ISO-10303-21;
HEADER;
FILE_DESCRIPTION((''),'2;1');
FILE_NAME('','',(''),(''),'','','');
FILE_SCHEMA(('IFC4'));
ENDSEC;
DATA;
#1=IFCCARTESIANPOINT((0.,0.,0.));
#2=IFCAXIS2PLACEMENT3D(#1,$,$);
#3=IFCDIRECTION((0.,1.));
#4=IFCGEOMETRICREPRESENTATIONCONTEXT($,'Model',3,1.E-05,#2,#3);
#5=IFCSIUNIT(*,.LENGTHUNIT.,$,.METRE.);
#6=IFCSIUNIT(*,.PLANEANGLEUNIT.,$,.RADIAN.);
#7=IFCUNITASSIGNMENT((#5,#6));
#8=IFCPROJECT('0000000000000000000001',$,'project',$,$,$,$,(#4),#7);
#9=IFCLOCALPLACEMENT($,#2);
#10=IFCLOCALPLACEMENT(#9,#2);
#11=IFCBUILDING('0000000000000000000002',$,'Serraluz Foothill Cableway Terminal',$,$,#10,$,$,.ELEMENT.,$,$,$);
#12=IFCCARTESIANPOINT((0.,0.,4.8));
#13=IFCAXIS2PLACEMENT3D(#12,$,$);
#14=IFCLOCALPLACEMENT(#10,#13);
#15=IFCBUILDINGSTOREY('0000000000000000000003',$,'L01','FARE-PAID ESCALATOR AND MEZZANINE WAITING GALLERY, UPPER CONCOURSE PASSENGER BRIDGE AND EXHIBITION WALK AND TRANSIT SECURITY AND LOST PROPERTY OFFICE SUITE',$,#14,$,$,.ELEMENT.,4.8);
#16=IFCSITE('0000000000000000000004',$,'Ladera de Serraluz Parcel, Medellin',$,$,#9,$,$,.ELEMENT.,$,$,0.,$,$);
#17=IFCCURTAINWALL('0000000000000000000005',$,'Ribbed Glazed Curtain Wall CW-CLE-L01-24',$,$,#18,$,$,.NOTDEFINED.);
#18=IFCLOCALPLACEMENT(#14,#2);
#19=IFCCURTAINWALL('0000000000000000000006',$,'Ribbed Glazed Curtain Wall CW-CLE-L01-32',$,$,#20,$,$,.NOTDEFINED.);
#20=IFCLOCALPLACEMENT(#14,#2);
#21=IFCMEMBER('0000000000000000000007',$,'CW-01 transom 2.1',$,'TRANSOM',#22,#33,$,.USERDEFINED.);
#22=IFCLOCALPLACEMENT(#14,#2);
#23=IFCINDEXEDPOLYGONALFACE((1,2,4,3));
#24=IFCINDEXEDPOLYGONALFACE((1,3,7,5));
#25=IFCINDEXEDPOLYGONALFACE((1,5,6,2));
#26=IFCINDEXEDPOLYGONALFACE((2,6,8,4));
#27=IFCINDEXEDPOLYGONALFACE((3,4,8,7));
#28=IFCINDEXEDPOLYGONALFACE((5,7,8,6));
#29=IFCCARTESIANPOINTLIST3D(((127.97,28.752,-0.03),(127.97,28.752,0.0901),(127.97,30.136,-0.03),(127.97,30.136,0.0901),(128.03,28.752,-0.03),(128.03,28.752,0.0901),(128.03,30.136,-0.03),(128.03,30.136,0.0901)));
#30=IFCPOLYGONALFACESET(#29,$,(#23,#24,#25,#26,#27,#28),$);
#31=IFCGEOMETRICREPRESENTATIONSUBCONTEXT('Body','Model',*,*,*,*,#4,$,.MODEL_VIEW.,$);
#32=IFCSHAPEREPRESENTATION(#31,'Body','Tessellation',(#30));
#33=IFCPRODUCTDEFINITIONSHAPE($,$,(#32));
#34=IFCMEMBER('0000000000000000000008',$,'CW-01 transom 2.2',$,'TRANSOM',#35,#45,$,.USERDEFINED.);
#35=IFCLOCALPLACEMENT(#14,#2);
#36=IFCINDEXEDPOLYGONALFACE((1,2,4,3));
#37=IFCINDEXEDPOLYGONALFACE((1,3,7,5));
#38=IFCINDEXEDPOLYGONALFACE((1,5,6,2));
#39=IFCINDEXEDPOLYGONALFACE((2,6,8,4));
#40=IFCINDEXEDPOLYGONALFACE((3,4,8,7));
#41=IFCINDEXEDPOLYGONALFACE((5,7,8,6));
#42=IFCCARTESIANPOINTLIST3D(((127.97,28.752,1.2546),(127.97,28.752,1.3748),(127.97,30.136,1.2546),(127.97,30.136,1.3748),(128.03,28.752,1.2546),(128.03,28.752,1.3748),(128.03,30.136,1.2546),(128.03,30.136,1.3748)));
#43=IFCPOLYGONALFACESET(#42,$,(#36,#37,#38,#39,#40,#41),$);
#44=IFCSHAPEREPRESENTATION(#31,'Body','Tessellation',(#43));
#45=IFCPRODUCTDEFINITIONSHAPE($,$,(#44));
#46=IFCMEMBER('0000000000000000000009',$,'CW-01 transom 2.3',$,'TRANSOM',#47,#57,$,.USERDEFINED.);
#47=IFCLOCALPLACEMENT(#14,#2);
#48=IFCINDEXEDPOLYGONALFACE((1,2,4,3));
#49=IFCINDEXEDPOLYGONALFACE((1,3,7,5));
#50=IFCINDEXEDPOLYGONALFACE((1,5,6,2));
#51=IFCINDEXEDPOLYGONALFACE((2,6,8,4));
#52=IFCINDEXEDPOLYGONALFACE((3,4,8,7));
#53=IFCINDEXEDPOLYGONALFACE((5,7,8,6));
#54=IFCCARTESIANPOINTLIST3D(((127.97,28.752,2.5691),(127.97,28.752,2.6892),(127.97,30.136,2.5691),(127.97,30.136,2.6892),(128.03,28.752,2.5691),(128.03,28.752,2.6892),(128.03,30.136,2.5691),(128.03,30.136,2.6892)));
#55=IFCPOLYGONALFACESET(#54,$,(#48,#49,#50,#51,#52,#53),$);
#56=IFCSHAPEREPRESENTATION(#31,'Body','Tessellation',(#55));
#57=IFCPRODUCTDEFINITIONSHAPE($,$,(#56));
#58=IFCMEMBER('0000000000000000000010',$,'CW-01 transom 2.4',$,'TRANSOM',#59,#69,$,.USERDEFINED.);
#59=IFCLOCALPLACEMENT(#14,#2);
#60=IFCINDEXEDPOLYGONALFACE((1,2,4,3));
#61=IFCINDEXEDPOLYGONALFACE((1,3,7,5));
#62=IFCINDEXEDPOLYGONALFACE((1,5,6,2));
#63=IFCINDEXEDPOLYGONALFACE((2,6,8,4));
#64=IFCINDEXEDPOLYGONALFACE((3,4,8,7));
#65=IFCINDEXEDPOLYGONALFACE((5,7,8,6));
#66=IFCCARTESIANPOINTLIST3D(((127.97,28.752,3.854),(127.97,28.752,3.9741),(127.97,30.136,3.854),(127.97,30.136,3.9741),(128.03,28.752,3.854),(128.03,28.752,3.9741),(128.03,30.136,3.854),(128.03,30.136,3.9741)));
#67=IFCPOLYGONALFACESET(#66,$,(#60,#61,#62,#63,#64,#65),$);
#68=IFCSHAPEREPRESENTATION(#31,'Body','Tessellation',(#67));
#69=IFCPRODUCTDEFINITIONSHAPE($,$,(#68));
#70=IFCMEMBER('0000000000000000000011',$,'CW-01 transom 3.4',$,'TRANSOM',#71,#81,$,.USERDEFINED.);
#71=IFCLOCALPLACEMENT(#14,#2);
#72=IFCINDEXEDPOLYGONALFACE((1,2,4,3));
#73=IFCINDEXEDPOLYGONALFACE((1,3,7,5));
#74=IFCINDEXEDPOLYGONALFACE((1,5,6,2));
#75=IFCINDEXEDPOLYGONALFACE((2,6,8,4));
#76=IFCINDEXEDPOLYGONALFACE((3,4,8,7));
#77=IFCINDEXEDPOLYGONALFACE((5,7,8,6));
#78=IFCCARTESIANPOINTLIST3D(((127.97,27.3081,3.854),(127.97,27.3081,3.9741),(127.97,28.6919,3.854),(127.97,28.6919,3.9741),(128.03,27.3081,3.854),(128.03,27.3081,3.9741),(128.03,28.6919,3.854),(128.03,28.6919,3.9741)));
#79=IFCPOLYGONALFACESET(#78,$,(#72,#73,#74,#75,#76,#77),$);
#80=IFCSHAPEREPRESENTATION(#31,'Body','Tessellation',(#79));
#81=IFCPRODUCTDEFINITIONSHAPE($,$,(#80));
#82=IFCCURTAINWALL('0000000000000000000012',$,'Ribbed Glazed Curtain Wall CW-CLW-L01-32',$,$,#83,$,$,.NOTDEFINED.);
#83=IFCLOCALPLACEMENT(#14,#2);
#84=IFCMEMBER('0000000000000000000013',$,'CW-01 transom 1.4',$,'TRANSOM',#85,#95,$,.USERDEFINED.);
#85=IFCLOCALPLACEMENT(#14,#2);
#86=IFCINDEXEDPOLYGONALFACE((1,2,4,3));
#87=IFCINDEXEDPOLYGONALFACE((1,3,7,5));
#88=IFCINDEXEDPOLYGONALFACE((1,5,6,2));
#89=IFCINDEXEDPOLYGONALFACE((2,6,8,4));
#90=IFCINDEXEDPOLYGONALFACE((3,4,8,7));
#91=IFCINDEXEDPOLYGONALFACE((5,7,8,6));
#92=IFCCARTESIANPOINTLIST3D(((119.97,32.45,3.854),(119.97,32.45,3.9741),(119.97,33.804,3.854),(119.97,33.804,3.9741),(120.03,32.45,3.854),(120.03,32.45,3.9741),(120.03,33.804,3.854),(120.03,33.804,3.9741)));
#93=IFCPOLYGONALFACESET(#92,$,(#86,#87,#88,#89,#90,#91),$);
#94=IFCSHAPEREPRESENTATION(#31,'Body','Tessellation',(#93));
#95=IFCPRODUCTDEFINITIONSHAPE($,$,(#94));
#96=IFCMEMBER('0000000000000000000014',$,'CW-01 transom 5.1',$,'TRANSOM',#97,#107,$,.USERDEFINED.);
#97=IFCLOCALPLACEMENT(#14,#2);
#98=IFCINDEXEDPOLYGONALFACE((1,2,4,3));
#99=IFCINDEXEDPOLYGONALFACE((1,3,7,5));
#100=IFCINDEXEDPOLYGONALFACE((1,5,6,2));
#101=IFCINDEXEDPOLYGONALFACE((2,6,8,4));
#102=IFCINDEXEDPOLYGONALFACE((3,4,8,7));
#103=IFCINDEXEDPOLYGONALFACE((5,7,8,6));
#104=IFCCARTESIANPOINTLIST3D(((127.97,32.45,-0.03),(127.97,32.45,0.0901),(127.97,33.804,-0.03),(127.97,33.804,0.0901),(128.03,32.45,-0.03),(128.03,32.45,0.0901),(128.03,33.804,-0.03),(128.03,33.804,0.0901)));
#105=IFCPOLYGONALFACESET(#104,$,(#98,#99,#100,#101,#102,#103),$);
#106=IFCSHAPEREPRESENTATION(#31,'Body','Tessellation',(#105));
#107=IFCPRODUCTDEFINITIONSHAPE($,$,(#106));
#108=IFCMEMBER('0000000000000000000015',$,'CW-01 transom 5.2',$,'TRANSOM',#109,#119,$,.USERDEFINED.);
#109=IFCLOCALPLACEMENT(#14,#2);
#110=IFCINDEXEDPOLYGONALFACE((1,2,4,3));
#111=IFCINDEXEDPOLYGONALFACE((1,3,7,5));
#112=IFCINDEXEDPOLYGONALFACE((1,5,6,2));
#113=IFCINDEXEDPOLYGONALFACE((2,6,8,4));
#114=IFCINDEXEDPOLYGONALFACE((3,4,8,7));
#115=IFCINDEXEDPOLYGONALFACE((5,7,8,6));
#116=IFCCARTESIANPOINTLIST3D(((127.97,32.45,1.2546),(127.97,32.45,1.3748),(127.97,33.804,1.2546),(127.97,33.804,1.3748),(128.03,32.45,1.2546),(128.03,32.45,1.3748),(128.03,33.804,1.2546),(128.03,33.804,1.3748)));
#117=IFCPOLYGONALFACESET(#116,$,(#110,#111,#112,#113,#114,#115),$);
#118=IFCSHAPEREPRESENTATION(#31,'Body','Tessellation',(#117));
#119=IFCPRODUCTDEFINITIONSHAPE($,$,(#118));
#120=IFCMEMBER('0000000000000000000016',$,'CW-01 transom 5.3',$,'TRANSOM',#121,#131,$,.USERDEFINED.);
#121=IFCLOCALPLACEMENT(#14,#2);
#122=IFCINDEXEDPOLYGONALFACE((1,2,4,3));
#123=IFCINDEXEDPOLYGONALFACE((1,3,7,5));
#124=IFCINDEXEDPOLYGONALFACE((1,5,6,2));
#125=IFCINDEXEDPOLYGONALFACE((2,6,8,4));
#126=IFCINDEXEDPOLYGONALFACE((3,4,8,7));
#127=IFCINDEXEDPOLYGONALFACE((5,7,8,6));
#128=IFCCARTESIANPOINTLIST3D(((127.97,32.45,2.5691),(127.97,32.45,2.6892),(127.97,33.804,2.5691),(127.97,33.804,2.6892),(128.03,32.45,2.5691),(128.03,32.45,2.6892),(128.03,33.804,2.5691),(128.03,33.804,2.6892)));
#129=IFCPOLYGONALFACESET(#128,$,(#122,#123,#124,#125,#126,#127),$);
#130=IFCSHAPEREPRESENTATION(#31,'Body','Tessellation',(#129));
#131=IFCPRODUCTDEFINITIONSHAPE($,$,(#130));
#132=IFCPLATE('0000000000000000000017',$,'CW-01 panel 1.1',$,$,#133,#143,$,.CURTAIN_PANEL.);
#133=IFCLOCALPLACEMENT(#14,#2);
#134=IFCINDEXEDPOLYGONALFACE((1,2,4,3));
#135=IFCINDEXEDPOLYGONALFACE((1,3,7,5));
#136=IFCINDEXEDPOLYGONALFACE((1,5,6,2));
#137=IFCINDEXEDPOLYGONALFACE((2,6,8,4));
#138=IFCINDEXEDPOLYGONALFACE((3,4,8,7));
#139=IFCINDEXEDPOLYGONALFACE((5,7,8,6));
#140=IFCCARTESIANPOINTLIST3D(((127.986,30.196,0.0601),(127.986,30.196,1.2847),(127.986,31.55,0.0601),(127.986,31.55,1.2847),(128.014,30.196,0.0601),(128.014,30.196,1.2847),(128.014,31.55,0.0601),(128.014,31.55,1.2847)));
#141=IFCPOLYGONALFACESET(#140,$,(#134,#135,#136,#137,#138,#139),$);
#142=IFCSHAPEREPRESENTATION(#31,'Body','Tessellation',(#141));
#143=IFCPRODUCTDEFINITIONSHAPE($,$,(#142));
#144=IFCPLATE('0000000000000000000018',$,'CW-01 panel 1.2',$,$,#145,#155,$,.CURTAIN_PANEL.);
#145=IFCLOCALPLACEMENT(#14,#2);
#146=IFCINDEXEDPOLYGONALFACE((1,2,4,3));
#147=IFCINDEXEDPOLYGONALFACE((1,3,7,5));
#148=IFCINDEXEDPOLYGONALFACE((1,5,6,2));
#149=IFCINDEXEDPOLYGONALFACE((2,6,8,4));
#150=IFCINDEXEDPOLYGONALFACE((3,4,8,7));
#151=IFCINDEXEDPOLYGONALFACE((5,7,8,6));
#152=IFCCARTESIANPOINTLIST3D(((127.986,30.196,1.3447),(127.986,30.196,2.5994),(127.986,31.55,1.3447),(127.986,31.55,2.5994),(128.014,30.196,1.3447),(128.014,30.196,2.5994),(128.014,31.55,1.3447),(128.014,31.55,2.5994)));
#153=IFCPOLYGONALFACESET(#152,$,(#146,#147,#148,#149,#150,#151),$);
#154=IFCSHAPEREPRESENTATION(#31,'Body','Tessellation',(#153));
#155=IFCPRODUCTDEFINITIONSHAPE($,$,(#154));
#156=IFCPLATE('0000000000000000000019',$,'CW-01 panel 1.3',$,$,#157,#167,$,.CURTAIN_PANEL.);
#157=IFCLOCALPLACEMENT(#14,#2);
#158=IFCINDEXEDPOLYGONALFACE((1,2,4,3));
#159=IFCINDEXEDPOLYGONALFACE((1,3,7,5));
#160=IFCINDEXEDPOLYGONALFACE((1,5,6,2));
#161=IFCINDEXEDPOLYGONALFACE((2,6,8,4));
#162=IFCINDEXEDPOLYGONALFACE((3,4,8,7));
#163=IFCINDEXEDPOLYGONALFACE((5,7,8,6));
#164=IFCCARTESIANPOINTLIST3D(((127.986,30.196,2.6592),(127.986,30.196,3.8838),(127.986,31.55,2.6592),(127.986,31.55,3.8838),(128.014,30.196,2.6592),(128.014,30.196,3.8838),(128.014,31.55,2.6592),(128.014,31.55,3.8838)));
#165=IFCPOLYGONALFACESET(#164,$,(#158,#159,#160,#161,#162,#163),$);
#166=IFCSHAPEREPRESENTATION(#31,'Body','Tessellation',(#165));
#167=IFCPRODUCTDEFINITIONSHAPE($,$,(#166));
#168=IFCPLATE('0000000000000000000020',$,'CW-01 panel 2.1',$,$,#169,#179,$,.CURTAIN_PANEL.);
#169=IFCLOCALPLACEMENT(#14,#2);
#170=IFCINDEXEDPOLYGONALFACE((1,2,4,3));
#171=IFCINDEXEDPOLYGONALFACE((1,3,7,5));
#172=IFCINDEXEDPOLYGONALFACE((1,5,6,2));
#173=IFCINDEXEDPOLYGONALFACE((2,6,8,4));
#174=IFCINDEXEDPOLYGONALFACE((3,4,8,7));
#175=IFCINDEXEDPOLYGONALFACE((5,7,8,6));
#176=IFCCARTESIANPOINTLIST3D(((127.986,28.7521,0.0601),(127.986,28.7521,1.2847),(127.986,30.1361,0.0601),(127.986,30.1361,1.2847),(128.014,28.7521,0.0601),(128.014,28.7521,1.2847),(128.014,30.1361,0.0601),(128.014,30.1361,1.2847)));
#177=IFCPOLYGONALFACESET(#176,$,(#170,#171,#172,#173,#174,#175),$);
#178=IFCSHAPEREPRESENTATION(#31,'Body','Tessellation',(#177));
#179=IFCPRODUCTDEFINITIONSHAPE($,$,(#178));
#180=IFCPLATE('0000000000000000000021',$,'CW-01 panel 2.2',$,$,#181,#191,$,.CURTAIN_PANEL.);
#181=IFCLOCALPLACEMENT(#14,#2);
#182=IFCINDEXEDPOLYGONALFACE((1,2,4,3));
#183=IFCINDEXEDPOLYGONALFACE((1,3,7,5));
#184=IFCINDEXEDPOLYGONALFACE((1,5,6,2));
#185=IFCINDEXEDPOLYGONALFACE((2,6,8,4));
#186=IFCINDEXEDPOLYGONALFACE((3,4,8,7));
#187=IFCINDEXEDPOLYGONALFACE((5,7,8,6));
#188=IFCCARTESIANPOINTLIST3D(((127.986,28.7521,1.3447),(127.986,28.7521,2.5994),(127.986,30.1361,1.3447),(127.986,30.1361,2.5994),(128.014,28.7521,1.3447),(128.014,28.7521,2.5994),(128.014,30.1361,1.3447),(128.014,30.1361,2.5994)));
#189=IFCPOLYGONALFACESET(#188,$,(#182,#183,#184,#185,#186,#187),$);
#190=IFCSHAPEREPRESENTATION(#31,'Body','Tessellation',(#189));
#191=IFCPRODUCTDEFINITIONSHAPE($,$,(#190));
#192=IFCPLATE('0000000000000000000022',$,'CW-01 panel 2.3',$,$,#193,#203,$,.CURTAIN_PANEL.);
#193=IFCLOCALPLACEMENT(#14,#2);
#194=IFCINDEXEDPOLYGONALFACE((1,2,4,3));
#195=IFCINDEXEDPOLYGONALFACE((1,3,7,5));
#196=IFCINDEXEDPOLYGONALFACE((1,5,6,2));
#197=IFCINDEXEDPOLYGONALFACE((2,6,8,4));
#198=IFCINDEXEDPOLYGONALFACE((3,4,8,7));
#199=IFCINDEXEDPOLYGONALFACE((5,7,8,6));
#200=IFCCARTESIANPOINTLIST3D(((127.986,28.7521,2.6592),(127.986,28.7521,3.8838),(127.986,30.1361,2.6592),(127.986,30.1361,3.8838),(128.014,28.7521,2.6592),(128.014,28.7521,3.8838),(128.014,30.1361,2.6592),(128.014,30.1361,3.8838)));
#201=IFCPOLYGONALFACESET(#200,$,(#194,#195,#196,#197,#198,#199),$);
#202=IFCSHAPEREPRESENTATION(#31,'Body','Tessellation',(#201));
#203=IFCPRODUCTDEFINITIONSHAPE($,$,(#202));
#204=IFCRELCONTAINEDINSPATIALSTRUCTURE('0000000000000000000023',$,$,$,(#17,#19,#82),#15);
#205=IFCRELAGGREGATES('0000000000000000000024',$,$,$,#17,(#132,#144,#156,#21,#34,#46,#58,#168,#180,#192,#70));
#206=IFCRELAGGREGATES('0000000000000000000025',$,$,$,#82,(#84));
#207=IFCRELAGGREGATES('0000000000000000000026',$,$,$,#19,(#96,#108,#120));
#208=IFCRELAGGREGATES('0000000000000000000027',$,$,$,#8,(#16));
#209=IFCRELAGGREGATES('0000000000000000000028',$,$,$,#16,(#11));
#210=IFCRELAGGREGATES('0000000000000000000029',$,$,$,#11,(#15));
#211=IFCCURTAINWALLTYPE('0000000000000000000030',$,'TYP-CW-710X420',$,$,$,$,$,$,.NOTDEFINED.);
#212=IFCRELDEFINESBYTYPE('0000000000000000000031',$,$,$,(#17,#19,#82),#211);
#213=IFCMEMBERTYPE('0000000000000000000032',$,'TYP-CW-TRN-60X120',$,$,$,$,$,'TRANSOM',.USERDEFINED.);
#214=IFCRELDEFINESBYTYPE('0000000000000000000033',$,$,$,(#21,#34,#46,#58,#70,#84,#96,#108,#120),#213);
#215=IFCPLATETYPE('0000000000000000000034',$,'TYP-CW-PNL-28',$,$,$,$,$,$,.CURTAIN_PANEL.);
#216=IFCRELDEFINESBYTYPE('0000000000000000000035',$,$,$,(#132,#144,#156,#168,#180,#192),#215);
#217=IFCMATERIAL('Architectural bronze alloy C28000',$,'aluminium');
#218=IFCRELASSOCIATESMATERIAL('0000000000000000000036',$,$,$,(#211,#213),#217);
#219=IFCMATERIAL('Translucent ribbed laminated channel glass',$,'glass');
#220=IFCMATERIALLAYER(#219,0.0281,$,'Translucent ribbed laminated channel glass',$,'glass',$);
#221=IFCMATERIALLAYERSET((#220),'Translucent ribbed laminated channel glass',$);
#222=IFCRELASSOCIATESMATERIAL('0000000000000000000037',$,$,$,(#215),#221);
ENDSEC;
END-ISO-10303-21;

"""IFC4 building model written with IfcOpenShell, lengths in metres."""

from ifc_helpers import new_model, si_unit, direction, frame, origin, origin_2d, place, context, subcontext, project, spatial, rectangle, extrude, material, layer, layer_set, material_profile, profile_set, type_object, element, aggregate, save


model = new_model("IFC4")

# Units and contexts
model_context = context("Model", 3, precision=1e-05, world=origin(), true_north=direction((0.0, 1.0)))
body_context = subcontext(model_context, "Body", "Model", "MODEL_VIEW")
ifc_project = project(units=[si_unit("LENGTHUNIT", "METRE"), si_unit("PLANEANGLEUNIT", "RADIAN")], contexts=[model_context])

# Site, building, storey
site_placement = place(None, origin())
site = spatial("IfcSite", under=ifc_project, at=site_placement, Name="Ladera de Serraluz Parcel, Medellin", CompositionType="ELEMENT", RefElevation=0.0)
building_placement = place(site_placement, origin())
building = spatial("IfcBuilding", under=site, at=building_placement, Name="Serraluz Foothill Cableway Terminal", CompositionType="ELEMENT")
storey_placement = place(building_placement, frame((0.0, 0.0, 4.8)))
storey = spatial("IfcBuildingStorey", under=building, at=storey_placement, Name="L01", Description="FARE-PAID ESCALATOR AND MEZZANINE WAITING GALLERY, UPPER CONCOURSE PASSENGER BRIDGE AND EXHIBITION WALK AND TRANSIT SECURITY AND LOST PROPERTY OFFICE SUITE", CompositionType="ELEMENT", Elevation=4.8)

# Curtain wall
ifc_material_1 = material(Name="Architectural bronze alloy C28000", Category="aluminium")
curtain_wall_type = type_object("IfcCurtainWallType", Name="TYP-CW-710X420", PredefinedType="NOTDEFINED", material=ifc_material_1)
curtain_wall_1_placement = place(storey_placement, origin())
curtain_wall_1 = element("IfcCurtainWall", 1, at=curtain_wall_1_placement, inside=storey, type_object=curtain_wall_type, Name="Ribbed Glazed Curtain Wall CW-CLE-L01-24", PredefinedType="NOTDEFINED")

# Curtain wall
curtain_wall_2_placement = place(storey_placement, origin())
curtain_wall_2 = element("IfcCurtainWall", 2, at=curtain_wall_2_placement, inside=storey, type_object=curtain_wall_type, Name="Ribbed Glazed Curtain Wall CW-CLE-L01-32", PredefinedType="NOTDEFINED")

# Members
ifc_material_profile_1 = material_profile(ifc_material_1, rectangle(XDim=0.0601, YDim=0.1201, at=origin_2d()), Name="ALU TRANSOM 60x120")
ifc_profile_set_1 = profile_set([ifc_material_profile_1], Name="Architectural bronze alloy C28000")
member_type_1 = type_object("IfcMemberType", Name="TYP-CW-TRN-60X120", ElementType="TRANSOM", PredefinedType="USERDEFINED", material=ifc_profile_set_1)
member_1_placement = place(storey_placement, frame((128.0, 30.136, 0.03), z_axis=(0.0, -1.0, 0.0), x_axis=(1.0, 0.0, 0.0)))
member_1 = element("IfcMember", 3, at=member_1_placement, type_object=member_type_1, Name="CW-01 transom 2.1", ObjectType="TRANSOM", PredefinedType="USERDEFINED", context=body_context, shape_type="SweptSolid", body=[
    extrude(rectangle(XDim=0.0601, YDim=0.1201, at=origin_2d()), origin(), (0.0, 0.0, 1.0), 1.384),
])
member_2_placement = place(storey_placement, frame((128.0, 30.136, 1.3147), z_axis=(0.0, -1.0, 0.0), x_axis=(1.0, 0.0, 0.0)))
member_2 = element("IfcMember", 4, at=member_2_placement, type_object=member_type_1, Name="CW-01 transom 2.2", ObjectType="TRANSOM", PredefinedType="USERDEFINED", context=body_context, shape_type="SweptSolid", body=[
    extrude(rectangle(XDim=0.0601, YDim=0.1201, at=origin_2d()), origin(), (0.0, 0.0, 1.0), 1.384),
])
member_3_placement = place(storey_placement, frame((128.0, 30.136, 2.6292), z_axis=(0.0, -1.0, 0.0), x_axis=(1.0, 0.0, 0.0)))
member_3 = element("IfcMember", 5, at=member_3_placement, type_object=member_type_1, Name="CW-01 transom 2.3", ObjectType="TRANSOM", PredefinedType="USERDEFINED", context=body_context, shape_type="SweptSolid", body=[
    extrude(rectangle(XDim=0.0601, YDim=0.1201, at=origin_2d()), origin(), (0.0, 0.0, 1.0), 1.384),
])
member_4_placement = place(storey_placement, frame((128.0, 30.136, 3.9141), z_axis=(0.0, -1.0, 0.0), x_axis=(1.0, 0.0, 0.0)))
member_4 = element("IfcMember", 6, at=member_4_placement, type_object=member_type_1, Name="CW-01 transom 2.4", ObjectType="TRANSOM", PredefinedType="USERDEFINED", context=body_context, shape_type="SweptSolid", body=[
    extrude(rectangle(XDim=0.0601, YDim=0.1201, at=origin_2d()), origin(), (0.0, 0.0, 1.0), 1.384),
])
member_5_placement = place(storey_placement, frame((128.0, 28.6919, 3.9141), z_axis=(0.0, -1.0, 0.0), x_axis=(1.0, 0.0, 0.0)))
member_5 = element("IfcMember", 7, at=member_5_placement, type_object=member_type_1, Name="CW-01 transom 3.4", ObjectType="TRANSOM", PredefinedType="USERDEFINED", context=body_context, shape_type="SweptSolid", body=[
    extrude(rectangle(XDim=0.0601, YDim=0.1201, at=origin_2d()), origin(), (0.0, 0.0, 1.0), 1.3838),
])

# Curtain wall, member
curtain_wall_3_placement = place(storey_placement, origin())
curtain_wall_3 = element("IfcCurtainWall", 8, at=curtain_wall_3_placement, inside=storey, type_object=curtain_wall_type, Name="Ribbed Glazed Curtain Wall CW-CLW-L01-32", PredefinedType="NOTDEFINED")
member_6_placement = place(storey_placement, frame((120.0, 32.45, 3.9141), z_axis=(0.0, 1.0, 0.0), x_axis=(-1.0, 0.0, 0.0)))
member_6 = element("IfcMember", 9, at=member_6_placement, type_object=member_type_1, Name="CW-01 transom 1.4", ObjectType="TRANSOM", PredefinedType="USERDEFINED", context=body_context, shape_type="SweptSolid", body=[
    extrude(rectangle(XDim=0.0601, YDim=0.1201, at=origin_2d()), origin(), (0.0, 0.0, 1.0), 1.354),
])

# Members
member_7_placement = place(storey_placement, frame((128.0, 33.804, 0.03), z_axis=(0.0, -1.0, 0.0), x_axis=(1.0, 0.0, 0.0)))
member_7 = element("IfcMember", 10, at=member_7_placement, type_object=member_type_1, Name="CW-01 transom 5.1", ObjectType="TRANSOM", PredefinedType="USERDEFINED", context=body_context, shape_type="SweptSolid", body=[
    extrude(rectangle(XDim=0.0601, YDim=0.1201, at=origin_2d()), origin(), (0.0, 0.0, 1.0), 1.354),
])
member_8_placement = place(storey_placement, frame((128.0, 33.804, 1.3147), z_axis=(0.0, -1.0, 0.0), x_axis=(1.0, 0.0, 0.0)))
member_8 = element("IfcMember", 11, at=member_8_placement, type_object=member_type_1, Name="CW-01 transom 5.2", ObjectType="TRANSOM", PredefinedType="USERDEFINED", context=body_context, shape_type="SweptSolid", body=[
    extrude(rectangle(XDim=0.0601, YDim=0.1201, at=origin_2d()), origin(), (0.0, 0.0, 1.0), 1.354),
])
member_9_placement = place(storey_placement, frame((128.0, 33.804, 2.6292), z_axis=(0.0, -1.0, 0.0), x_axis=(1.0, 0.0, 0.0)))
member_9 = element("IfcMember", 12, at=member_9_placement, type_object=member_type_1, Name="CW-01 transom 5.3", ObjectType="TRANSOM", PredefinedType="USERDEFINED", context=body_context, shape_type="SweptSolid", body=[
    extrude(rectangle(XDim=0.0601, YDim=0.1201, at=origin_2d()), origin(), (0.0, 0.0, 1.0), 1.354),
])

# Plates
ifc_material_2 = material(Name="Translucent ribbed laminated channel glass", Category="glass")
ifc_layer = layer(ifc_material_2, 0.0281, Name="Translucent ribbed laminated channel glass", Category="glass")
ifc_layer_set = layer_set([ifc_layer], Name="Translucent ribbed laminated channel glass")
plate_type = type_object("IfcPlateType", Name="TYP-CW-PNL-28", PredefinedType="CURTAIN_PANEL", material=ifc_layer_set)
plate_1_placement = place(storey_placement, frame((128.0, 30.873, 0.0601), z_axis=(0.0, 0.0, 1.0), x_axis=(0.0, -1.0, 0.0)))
plate_1 = element("IfcPlate", 13, at=plate_1_placement, type_object=plate_type, Name="CW-01 panel 1.1", PredefinedType="CURTAIN_PANEL", context=body_context, shape_type="SweptSolid", body=[
    extrude(rectangle(XDim=1.354, YDim=0.0281, at=origin_2d()), origin(), (0.0, 0.0, 1.0), 1.2246),
])
plate_2_placement = place(storey_placement, frame((128.0, 30.873, 1.3447), z_axis=(0.0, 0.0, 1.0), x_axis=(0.0, -1.0, 0.0)))
plate_2 = element("IfcPlate", 14, at=plate_2_placement, type_object=plate_type, Name="CW-01 panel 1.2", PredefinedType="CURTAIN_PANEL", context=body_context, shape_type="SweptSolid", body=[
    extrude(rectangle(XDim=1.354, YDim=0.0281, at=origin_2d()), origin(), (0.0, 0.0, 1.0), 1.2546),
])
plate_3_placement = place(storey_placement, frame((128.0, 30.873, 2.6592), z_axis=(0.0, 0.0, 1.0), x_axis=(0.0, -1.0, 0.0)))
plate_3 = element("IfcPlate", 15, at=plate_3_placement, type_object=plate_type, Name="CW-01 panel 1.3", PredefinedType="CURTAIN_PANEL", context=body_context, shape_type="SweptSolid", body=[
    extrude(rectangle(XDim=1.354, YDim=0.0281, at=origin_2d()), origin(), (0.0, 0.0, 1.0), 1.2246),
])
plate_4_placement = place(storey_placement, frame((128.0, 29.4441, 0.0601), z_axis=(0.0, 0.0, 1.0), x_axis=(0.0, -1.0, 0.0)))
plate_4 = element("IfcPlate", 16, at=plate_4_placement, type_object=plate_type, Name="CW-01 panel 2.1", PredefinedType="CURTAIN_PANEL", context=body_context, shape_type="SweptSolid", body=[
    extrude(rectangle(XDim=1.384, YDim=0.0281, at=origin_2d()), origin(), (0.0, 0.0, 1.0), 1.2246),
])
plate_5_placement = place(storey_placement, frame((128.0, 29.4441, 1.3447), z_axis=(0.0, 0.0, 1.0), x_axis=(0.0, -1.0, 0.0)))
plate_5 = element("IfcPlate", 17, at=plate_5_placement, type_object=plate_type, Name="CW-01 panel 2.2", PredefinedType="CURTAIN_PANEL", context=body_context, shape_type="SweptSolid", body=[
    extrude(rectangle(XDim=1.384, YDim=0.0281, at=origin_2d()), origin(), (0.0, 0.0, 1.0), 1.2546),
])
plate_6_placement = place(storey_placement, frame((128.0, 29.4441, 2.6592), z_axis=(0.0, 0.0, 1.0), x_axis=(0.0, -1.0, 0.0)))
plate_6 = element("IfcPlate", 18, at=plate_6_placement, type_object=plate_type, Name="CW-01 panel 2.3", PredefinedType="CURTAIN_PANEL", context=body_context, shape_type="SweptSolid", body=[
    extrude(rectangle(XDim=1.384, YDim=0.0281, at=origin_2d()), origin(), (0.0, 0.0, 1.0), 1.2246),
])
aggregate(curtain_wall_1, [plate_1, plate_2, plate_3, member_1, member_2, member_3, member_4, plate_4, plate_5, plate_6, member_5])
aggregate(curtain_wall_3, [member_6])
aggregate(curtain_wall_2, [member_7, member_8, member_9])

save(model, "model.ifc")
